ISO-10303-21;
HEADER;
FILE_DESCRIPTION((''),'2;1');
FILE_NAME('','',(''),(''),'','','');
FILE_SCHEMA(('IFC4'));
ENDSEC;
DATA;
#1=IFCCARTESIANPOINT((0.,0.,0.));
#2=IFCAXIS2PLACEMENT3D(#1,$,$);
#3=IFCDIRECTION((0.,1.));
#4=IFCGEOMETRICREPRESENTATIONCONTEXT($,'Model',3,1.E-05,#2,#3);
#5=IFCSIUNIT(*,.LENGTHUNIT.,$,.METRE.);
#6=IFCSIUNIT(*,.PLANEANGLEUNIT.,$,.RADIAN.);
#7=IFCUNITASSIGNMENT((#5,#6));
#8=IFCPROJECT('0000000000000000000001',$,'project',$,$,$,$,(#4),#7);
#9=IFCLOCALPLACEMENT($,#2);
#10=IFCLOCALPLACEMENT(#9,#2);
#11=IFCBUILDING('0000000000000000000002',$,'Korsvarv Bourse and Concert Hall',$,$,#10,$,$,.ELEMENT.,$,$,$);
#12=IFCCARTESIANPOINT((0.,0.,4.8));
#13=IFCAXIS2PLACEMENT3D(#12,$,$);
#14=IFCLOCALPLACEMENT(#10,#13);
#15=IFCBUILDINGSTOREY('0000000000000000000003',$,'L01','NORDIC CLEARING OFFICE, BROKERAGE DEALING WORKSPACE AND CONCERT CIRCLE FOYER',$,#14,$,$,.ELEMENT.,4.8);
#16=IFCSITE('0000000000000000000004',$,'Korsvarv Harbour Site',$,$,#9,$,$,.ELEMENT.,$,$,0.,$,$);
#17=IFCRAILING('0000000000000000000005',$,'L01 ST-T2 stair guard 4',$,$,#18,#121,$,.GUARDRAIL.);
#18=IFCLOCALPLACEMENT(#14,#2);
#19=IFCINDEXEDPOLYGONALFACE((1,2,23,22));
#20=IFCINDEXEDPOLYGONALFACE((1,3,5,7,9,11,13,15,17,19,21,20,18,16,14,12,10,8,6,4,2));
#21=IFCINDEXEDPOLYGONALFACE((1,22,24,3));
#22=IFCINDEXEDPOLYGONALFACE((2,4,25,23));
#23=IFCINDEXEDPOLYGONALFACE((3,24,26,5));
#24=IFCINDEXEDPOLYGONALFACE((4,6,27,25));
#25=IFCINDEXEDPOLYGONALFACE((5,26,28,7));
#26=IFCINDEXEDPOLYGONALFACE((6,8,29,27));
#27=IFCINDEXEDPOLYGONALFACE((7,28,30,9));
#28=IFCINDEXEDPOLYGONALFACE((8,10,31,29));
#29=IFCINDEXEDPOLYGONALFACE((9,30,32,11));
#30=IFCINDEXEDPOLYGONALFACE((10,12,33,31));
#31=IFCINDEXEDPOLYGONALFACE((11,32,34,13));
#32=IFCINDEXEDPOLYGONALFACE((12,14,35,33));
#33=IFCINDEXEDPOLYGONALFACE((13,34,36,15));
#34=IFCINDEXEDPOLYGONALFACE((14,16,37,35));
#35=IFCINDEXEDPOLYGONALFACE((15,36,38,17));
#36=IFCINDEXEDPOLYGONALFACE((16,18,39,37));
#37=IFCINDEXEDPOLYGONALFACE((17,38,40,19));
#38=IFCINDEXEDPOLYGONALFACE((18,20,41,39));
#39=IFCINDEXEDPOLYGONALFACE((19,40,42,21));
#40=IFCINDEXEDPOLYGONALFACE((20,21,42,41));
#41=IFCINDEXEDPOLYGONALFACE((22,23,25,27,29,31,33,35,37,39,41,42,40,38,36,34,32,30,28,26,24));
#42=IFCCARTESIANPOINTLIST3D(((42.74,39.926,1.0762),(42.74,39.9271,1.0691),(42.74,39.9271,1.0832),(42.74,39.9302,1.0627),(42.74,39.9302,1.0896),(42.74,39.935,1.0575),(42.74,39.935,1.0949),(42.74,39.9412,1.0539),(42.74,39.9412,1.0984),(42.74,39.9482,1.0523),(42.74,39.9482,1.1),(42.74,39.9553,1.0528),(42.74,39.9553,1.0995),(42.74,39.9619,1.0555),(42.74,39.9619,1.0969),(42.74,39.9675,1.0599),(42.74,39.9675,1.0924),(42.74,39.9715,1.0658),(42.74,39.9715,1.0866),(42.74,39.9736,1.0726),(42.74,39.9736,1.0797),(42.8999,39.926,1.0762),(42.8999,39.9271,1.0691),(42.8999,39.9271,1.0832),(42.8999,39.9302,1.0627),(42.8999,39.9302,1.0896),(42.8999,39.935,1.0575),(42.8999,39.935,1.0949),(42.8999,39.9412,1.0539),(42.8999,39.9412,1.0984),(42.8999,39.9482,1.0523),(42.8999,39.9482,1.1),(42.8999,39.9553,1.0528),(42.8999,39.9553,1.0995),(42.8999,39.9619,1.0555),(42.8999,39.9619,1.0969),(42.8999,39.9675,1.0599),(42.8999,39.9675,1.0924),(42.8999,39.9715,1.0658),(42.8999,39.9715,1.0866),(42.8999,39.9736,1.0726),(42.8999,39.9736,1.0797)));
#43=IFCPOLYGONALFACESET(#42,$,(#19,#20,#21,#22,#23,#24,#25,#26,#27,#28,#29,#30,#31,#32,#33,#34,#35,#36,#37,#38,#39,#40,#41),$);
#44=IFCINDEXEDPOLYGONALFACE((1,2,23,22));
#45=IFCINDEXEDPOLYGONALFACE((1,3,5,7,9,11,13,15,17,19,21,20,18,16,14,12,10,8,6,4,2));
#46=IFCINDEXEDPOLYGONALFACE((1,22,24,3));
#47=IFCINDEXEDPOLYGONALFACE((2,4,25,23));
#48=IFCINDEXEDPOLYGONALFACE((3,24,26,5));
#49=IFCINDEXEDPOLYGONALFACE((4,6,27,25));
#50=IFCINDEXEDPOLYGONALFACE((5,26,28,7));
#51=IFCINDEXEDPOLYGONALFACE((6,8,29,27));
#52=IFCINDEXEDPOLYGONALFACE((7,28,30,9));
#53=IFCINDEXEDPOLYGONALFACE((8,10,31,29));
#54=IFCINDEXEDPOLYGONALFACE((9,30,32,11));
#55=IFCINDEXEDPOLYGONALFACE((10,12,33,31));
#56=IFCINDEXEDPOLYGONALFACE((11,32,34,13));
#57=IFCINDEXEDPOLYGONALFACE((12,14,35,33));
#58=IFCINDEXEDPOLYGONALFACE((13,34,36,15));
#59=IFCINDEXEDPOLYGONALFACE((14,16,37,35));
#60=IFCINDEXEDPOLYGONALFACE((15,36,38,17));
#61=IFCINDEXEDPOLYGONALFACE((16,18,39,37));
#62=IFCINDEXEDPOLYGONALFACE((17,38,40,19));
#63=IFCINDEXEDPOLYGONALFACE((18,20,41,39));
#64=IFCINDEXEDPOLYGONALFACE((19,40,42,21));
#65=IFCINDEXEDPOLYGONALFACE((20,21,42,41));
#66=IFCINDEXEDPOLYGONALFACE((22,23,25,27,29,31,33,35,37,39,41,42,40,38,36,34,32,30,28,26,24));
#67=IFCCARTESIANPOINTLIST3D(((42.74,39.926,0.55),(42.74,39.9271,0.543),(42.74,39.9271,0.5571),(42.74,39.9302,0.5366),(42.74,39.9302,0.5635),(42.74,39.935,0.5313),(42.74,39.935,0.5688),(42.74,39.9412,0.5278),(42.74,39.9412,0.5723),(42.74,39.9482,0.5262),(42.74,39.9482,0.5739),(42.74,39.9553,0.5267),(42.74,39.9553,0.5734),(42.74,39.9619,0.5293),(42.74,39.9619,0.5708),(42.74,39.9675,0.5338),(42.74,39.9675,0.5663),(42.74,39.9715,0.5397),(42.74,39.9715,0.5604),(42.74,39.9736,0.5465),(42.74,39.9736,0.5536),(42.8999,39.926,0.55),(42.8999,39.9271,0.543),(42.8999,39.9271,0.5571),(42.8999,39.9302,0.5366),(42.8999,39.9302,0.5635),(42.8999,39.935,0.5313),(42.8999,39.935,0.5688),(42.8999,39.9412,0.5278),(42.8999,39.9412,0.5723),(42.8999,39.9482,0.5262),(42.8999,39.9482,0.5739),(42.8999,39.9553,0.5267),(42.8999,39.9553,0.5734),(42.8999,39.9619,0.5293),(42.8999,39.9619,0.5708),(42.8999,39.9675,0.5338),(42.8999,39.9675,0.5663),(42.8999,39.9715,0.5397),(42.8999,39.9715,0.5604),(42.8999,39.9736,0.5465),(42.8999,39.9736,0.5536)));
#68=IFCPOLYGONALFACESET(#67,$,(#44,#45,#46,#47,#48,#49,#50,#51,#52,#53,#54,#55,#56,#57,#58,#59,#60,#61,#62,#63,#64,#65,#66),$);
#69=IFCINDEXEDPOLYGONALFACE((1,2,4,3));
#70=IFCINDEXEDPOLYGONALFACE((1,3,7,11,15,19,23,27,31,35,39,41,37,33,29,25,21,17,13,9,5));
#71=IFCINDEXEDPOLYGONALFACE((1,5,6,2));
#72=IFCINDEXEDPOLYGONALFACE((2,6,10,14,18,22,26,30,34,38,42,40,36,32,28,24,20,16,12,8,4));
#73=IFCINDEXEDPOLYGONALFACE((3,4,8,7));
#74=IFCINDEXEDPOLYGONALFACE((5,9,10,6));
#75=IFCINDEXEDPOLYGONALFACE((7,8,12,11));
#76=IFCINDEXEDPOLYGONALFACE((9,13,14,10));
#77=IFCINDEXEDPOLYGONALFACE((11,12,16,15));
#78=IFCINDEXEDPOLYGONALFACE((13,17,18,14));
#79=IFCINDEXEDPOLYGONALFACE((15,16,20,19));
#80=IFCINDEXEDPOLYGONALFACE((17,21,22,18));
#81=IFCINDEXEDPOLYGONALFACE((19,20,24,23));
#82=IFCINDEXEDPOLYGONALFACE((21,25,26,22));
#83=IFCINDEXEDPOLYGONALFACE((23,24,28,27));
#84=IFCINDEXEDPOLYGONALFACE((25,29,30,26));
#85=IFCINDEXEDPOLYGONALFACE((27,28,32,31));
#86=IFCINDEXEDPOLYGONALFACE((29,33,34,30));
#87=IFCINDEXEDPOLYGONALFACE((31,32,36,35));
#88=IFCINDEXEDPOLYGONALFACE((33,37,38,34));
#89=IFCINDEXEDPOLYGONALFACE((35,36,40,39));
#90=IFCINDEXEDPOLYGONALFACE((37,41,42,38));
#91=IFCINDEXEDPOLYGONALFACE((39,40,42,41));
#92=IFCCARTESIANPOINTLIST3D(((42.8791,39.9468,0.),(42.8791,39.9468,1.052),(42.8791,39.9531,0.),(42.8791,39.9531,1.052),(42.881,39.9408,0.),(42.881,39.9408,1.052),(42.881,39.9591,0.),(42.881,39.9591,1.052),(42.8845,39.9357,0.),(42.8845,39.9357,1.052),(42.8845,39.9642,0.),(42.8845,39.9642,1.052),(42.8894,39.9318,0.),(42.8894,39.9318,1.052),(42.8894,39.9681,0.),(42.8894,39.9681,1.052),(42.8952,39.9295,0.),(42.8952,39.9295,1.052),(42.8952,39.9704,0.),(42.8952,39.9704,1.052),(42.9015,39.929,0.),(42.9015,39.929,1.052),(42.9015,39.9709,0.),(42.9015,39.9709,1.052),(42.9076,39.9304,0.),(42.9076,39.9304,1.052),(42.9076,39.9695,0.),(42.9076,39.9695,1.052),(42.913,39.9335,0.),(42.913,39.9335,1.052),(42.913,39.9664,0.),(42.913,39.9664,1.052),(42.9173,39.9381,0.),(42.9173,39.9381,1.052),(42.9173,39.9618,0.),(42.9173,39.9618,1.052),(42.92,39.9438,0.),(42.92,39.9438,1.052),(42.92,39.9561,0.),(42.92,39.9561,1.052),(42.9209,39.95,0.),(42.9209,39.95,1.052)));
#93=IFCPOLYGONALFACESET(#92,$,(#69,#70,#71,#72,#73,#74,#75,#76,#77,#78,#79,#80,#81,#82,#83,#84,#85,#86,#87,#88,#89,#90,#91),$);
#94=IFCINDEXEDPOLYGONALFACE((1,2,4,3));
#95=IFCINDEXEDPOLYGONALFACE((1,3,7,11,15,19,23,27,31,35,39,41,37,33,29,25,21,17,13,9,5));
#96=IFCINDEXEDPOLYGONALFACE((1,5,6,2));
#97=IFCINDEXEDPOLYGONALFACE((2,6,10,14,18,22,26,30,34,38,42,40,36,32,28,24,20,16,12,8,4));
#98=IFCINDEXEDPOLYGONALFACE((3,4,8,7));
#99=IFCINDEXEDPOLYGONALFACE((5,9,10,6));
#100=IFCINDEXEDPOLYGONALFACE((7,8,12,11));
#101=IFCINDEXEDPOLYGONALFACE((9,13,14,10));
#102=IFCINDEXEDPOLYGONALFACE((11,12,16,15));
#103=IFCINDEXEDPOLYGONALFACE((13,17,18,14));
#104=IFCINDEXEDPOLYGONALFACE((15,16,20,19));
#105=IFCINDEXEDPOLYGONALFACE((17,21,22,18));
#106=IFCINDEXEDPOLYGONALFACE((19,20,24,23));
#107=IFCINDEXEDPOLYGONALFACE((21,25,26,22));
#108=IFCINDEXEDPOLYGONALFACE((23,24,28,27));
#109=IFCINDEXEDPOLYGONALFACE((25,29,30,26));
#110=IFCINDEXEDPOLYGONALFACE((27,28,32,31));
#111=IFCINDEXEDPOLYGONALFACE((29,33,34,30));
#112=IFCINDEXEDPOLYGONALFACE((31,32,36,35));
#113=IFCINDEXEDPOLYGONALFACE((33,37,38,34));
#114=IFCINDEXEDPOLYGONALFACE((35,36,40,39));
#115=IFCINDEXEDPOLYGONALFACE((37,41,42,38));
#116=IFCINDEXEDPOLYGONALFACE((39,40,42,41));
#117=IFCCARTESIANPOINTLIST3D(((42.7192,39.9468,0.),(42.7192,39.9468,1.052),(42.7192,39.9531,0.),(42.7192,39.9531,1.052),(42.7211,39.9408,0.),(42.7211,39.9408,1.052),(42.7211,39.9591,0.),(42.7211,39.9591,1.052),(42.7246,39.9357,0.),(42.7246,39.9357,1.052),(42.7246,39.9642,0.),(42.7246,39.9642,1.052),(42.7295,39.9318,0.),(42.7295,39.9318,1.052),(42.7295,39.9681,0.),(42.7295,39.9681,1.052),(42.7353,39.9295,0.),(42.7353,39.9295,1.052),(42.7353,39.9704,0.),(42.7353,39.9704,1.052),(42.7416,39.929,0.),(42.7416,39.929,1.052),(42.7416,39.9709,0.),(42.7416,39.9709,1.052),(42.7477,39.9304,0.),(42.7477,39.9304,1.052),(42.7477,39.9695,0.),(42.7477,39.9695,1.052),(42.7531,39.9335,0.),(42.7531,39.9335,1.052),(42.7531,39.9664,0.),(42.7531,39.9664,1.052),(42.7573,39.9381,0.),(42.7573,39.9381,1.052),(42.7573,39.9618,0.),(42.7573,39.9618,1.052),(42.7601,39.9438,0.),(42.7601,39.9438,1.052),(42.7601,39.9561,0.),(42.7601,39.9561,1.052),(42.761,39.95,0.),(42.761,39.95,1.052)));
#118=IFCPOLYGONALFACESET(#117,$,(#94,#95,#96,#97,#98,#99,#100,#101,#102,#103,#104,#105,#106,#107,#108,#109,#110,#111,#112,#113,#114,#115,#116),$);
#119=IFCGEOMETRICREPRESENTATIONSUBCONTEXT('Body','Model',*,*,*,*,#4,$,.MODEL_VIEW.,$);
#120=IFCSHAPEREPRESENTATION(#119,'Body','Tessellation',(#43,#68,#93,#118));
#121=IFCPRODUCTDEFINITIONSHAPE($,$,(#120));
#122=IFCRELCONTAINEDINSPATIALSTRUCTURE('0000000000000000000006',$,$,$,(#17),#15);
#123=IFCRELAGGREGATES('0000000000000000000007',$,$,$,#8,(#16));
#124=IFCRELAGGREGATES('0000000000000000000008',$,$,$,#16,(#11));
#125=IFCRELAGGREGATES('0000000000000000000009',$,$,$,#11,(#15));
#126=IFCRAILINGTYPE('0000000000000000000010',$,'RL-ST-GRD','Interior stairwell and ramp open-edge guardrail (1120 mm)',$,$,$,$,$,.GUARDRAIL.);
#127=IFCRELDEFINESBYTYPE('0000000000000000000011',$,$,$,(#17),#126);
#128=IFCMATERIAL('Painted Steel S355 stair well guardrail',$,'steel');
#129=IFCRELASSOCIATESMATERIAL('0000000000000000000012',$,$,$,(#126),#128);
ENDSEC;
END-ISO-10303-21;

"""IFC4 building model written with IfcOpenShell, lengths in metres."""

from ifc_helpers import new_model, si_unit, direction, frame, origin, origin_2d, place, context, subcontext, project, spatial, circle, extrude, material, type_object, element, save


model = new_model("IFC4")

# Units and contexts
model_context = context("Model", 3, precision=1e-05, world=origin(), true_north=direction((0.0, 1.0)))
body_context = subcontext(model_context, "Body", "Model", "MODEL_VIEW")
ifc_project = project(units=[si_unit("LENGTHUNIT", "METRE"), si_unit("PLANEANGLEUNIT", "RADIAN")], contexts=[model_context])

# Site, building, storey
site_placement = place(None, origin())
site = spatial("IfcSite", under=ifc_project, at=site_placement, Name="Korsvarv Harbour Site", CompositionType="ELEMENT", RefElevation=0.0)
building_placement = place(site_placement, origin())
building = spatial("IfcBuilding", under=site, at=building_placement, Name="Korsvarv Bourse and Concert Hall", CompositionType="ELEMENT")
storey_placement = place(building_placement, frame((0.0, 0.0, 4.8)))
storey = spatial("IfcBuildingStorey", under=building, at=storey_placement, Name="L01", Description="NORDIC CLEARING OFFICE, BROKERAGE DEALING WORKSPACE AND CONCERT CIRCLE FOYER", CompositionType="ELEMENT", Elevation=4.8)

# Railing
ifc_material_1 = material(Name="Painted Steel S355 stair well guardrail", Category="steel")
railing_type_1 = type_object("IfcRailingType", Name="RL-ST-GRD", Description="Interior stairwell and ramp open-edge guardrail (1120 mm)", PredefinedType="GUARDRAIL", material=ifc_material_1)
railing_1_placement = place(storey_placement, frame((42.8999, 39.95, 0.0)))
element("IfcRailing", 1, at=railing_1_placement, inside=storey, type_object=railing_type_1, Name="L01 ST-T2 stair guard 4", PredefinedType="GUARDRAIL", context=body_context, shape_type="SweptSolid", body=[
    extrude(circle(Radius=0.0239, at=origin_2d()), frame((0.0, 0.0, 1.0762), z_axis=(-1.0, 0.0, 0.0), x_axis=(0.0, -1.0, 0.0)), (0.0, 0.0, 1.0), 0.1599),
    extrude(circle(Radius=0.0239, at=origin_2d()), frame((0.0, 0.0, 0.55), z_axis=(-1.0, 0.0, 0.0), x_axis=(0.0, -1.0, 0.0)), (0.0, 0.0, 1.0), 0.1599),
    extrude(circle(Radius=0.021, at=origin_2d()), origin(), (0.0, 0.0, 1.0), 1.052),
    extrude(circle(Radius=0.021, at=origin_2d()), frame((-0.1599, 0.0, 0.0)), (0.0, 0.0, 1.0), 1.052),
])

save(model, "model.ifc")
